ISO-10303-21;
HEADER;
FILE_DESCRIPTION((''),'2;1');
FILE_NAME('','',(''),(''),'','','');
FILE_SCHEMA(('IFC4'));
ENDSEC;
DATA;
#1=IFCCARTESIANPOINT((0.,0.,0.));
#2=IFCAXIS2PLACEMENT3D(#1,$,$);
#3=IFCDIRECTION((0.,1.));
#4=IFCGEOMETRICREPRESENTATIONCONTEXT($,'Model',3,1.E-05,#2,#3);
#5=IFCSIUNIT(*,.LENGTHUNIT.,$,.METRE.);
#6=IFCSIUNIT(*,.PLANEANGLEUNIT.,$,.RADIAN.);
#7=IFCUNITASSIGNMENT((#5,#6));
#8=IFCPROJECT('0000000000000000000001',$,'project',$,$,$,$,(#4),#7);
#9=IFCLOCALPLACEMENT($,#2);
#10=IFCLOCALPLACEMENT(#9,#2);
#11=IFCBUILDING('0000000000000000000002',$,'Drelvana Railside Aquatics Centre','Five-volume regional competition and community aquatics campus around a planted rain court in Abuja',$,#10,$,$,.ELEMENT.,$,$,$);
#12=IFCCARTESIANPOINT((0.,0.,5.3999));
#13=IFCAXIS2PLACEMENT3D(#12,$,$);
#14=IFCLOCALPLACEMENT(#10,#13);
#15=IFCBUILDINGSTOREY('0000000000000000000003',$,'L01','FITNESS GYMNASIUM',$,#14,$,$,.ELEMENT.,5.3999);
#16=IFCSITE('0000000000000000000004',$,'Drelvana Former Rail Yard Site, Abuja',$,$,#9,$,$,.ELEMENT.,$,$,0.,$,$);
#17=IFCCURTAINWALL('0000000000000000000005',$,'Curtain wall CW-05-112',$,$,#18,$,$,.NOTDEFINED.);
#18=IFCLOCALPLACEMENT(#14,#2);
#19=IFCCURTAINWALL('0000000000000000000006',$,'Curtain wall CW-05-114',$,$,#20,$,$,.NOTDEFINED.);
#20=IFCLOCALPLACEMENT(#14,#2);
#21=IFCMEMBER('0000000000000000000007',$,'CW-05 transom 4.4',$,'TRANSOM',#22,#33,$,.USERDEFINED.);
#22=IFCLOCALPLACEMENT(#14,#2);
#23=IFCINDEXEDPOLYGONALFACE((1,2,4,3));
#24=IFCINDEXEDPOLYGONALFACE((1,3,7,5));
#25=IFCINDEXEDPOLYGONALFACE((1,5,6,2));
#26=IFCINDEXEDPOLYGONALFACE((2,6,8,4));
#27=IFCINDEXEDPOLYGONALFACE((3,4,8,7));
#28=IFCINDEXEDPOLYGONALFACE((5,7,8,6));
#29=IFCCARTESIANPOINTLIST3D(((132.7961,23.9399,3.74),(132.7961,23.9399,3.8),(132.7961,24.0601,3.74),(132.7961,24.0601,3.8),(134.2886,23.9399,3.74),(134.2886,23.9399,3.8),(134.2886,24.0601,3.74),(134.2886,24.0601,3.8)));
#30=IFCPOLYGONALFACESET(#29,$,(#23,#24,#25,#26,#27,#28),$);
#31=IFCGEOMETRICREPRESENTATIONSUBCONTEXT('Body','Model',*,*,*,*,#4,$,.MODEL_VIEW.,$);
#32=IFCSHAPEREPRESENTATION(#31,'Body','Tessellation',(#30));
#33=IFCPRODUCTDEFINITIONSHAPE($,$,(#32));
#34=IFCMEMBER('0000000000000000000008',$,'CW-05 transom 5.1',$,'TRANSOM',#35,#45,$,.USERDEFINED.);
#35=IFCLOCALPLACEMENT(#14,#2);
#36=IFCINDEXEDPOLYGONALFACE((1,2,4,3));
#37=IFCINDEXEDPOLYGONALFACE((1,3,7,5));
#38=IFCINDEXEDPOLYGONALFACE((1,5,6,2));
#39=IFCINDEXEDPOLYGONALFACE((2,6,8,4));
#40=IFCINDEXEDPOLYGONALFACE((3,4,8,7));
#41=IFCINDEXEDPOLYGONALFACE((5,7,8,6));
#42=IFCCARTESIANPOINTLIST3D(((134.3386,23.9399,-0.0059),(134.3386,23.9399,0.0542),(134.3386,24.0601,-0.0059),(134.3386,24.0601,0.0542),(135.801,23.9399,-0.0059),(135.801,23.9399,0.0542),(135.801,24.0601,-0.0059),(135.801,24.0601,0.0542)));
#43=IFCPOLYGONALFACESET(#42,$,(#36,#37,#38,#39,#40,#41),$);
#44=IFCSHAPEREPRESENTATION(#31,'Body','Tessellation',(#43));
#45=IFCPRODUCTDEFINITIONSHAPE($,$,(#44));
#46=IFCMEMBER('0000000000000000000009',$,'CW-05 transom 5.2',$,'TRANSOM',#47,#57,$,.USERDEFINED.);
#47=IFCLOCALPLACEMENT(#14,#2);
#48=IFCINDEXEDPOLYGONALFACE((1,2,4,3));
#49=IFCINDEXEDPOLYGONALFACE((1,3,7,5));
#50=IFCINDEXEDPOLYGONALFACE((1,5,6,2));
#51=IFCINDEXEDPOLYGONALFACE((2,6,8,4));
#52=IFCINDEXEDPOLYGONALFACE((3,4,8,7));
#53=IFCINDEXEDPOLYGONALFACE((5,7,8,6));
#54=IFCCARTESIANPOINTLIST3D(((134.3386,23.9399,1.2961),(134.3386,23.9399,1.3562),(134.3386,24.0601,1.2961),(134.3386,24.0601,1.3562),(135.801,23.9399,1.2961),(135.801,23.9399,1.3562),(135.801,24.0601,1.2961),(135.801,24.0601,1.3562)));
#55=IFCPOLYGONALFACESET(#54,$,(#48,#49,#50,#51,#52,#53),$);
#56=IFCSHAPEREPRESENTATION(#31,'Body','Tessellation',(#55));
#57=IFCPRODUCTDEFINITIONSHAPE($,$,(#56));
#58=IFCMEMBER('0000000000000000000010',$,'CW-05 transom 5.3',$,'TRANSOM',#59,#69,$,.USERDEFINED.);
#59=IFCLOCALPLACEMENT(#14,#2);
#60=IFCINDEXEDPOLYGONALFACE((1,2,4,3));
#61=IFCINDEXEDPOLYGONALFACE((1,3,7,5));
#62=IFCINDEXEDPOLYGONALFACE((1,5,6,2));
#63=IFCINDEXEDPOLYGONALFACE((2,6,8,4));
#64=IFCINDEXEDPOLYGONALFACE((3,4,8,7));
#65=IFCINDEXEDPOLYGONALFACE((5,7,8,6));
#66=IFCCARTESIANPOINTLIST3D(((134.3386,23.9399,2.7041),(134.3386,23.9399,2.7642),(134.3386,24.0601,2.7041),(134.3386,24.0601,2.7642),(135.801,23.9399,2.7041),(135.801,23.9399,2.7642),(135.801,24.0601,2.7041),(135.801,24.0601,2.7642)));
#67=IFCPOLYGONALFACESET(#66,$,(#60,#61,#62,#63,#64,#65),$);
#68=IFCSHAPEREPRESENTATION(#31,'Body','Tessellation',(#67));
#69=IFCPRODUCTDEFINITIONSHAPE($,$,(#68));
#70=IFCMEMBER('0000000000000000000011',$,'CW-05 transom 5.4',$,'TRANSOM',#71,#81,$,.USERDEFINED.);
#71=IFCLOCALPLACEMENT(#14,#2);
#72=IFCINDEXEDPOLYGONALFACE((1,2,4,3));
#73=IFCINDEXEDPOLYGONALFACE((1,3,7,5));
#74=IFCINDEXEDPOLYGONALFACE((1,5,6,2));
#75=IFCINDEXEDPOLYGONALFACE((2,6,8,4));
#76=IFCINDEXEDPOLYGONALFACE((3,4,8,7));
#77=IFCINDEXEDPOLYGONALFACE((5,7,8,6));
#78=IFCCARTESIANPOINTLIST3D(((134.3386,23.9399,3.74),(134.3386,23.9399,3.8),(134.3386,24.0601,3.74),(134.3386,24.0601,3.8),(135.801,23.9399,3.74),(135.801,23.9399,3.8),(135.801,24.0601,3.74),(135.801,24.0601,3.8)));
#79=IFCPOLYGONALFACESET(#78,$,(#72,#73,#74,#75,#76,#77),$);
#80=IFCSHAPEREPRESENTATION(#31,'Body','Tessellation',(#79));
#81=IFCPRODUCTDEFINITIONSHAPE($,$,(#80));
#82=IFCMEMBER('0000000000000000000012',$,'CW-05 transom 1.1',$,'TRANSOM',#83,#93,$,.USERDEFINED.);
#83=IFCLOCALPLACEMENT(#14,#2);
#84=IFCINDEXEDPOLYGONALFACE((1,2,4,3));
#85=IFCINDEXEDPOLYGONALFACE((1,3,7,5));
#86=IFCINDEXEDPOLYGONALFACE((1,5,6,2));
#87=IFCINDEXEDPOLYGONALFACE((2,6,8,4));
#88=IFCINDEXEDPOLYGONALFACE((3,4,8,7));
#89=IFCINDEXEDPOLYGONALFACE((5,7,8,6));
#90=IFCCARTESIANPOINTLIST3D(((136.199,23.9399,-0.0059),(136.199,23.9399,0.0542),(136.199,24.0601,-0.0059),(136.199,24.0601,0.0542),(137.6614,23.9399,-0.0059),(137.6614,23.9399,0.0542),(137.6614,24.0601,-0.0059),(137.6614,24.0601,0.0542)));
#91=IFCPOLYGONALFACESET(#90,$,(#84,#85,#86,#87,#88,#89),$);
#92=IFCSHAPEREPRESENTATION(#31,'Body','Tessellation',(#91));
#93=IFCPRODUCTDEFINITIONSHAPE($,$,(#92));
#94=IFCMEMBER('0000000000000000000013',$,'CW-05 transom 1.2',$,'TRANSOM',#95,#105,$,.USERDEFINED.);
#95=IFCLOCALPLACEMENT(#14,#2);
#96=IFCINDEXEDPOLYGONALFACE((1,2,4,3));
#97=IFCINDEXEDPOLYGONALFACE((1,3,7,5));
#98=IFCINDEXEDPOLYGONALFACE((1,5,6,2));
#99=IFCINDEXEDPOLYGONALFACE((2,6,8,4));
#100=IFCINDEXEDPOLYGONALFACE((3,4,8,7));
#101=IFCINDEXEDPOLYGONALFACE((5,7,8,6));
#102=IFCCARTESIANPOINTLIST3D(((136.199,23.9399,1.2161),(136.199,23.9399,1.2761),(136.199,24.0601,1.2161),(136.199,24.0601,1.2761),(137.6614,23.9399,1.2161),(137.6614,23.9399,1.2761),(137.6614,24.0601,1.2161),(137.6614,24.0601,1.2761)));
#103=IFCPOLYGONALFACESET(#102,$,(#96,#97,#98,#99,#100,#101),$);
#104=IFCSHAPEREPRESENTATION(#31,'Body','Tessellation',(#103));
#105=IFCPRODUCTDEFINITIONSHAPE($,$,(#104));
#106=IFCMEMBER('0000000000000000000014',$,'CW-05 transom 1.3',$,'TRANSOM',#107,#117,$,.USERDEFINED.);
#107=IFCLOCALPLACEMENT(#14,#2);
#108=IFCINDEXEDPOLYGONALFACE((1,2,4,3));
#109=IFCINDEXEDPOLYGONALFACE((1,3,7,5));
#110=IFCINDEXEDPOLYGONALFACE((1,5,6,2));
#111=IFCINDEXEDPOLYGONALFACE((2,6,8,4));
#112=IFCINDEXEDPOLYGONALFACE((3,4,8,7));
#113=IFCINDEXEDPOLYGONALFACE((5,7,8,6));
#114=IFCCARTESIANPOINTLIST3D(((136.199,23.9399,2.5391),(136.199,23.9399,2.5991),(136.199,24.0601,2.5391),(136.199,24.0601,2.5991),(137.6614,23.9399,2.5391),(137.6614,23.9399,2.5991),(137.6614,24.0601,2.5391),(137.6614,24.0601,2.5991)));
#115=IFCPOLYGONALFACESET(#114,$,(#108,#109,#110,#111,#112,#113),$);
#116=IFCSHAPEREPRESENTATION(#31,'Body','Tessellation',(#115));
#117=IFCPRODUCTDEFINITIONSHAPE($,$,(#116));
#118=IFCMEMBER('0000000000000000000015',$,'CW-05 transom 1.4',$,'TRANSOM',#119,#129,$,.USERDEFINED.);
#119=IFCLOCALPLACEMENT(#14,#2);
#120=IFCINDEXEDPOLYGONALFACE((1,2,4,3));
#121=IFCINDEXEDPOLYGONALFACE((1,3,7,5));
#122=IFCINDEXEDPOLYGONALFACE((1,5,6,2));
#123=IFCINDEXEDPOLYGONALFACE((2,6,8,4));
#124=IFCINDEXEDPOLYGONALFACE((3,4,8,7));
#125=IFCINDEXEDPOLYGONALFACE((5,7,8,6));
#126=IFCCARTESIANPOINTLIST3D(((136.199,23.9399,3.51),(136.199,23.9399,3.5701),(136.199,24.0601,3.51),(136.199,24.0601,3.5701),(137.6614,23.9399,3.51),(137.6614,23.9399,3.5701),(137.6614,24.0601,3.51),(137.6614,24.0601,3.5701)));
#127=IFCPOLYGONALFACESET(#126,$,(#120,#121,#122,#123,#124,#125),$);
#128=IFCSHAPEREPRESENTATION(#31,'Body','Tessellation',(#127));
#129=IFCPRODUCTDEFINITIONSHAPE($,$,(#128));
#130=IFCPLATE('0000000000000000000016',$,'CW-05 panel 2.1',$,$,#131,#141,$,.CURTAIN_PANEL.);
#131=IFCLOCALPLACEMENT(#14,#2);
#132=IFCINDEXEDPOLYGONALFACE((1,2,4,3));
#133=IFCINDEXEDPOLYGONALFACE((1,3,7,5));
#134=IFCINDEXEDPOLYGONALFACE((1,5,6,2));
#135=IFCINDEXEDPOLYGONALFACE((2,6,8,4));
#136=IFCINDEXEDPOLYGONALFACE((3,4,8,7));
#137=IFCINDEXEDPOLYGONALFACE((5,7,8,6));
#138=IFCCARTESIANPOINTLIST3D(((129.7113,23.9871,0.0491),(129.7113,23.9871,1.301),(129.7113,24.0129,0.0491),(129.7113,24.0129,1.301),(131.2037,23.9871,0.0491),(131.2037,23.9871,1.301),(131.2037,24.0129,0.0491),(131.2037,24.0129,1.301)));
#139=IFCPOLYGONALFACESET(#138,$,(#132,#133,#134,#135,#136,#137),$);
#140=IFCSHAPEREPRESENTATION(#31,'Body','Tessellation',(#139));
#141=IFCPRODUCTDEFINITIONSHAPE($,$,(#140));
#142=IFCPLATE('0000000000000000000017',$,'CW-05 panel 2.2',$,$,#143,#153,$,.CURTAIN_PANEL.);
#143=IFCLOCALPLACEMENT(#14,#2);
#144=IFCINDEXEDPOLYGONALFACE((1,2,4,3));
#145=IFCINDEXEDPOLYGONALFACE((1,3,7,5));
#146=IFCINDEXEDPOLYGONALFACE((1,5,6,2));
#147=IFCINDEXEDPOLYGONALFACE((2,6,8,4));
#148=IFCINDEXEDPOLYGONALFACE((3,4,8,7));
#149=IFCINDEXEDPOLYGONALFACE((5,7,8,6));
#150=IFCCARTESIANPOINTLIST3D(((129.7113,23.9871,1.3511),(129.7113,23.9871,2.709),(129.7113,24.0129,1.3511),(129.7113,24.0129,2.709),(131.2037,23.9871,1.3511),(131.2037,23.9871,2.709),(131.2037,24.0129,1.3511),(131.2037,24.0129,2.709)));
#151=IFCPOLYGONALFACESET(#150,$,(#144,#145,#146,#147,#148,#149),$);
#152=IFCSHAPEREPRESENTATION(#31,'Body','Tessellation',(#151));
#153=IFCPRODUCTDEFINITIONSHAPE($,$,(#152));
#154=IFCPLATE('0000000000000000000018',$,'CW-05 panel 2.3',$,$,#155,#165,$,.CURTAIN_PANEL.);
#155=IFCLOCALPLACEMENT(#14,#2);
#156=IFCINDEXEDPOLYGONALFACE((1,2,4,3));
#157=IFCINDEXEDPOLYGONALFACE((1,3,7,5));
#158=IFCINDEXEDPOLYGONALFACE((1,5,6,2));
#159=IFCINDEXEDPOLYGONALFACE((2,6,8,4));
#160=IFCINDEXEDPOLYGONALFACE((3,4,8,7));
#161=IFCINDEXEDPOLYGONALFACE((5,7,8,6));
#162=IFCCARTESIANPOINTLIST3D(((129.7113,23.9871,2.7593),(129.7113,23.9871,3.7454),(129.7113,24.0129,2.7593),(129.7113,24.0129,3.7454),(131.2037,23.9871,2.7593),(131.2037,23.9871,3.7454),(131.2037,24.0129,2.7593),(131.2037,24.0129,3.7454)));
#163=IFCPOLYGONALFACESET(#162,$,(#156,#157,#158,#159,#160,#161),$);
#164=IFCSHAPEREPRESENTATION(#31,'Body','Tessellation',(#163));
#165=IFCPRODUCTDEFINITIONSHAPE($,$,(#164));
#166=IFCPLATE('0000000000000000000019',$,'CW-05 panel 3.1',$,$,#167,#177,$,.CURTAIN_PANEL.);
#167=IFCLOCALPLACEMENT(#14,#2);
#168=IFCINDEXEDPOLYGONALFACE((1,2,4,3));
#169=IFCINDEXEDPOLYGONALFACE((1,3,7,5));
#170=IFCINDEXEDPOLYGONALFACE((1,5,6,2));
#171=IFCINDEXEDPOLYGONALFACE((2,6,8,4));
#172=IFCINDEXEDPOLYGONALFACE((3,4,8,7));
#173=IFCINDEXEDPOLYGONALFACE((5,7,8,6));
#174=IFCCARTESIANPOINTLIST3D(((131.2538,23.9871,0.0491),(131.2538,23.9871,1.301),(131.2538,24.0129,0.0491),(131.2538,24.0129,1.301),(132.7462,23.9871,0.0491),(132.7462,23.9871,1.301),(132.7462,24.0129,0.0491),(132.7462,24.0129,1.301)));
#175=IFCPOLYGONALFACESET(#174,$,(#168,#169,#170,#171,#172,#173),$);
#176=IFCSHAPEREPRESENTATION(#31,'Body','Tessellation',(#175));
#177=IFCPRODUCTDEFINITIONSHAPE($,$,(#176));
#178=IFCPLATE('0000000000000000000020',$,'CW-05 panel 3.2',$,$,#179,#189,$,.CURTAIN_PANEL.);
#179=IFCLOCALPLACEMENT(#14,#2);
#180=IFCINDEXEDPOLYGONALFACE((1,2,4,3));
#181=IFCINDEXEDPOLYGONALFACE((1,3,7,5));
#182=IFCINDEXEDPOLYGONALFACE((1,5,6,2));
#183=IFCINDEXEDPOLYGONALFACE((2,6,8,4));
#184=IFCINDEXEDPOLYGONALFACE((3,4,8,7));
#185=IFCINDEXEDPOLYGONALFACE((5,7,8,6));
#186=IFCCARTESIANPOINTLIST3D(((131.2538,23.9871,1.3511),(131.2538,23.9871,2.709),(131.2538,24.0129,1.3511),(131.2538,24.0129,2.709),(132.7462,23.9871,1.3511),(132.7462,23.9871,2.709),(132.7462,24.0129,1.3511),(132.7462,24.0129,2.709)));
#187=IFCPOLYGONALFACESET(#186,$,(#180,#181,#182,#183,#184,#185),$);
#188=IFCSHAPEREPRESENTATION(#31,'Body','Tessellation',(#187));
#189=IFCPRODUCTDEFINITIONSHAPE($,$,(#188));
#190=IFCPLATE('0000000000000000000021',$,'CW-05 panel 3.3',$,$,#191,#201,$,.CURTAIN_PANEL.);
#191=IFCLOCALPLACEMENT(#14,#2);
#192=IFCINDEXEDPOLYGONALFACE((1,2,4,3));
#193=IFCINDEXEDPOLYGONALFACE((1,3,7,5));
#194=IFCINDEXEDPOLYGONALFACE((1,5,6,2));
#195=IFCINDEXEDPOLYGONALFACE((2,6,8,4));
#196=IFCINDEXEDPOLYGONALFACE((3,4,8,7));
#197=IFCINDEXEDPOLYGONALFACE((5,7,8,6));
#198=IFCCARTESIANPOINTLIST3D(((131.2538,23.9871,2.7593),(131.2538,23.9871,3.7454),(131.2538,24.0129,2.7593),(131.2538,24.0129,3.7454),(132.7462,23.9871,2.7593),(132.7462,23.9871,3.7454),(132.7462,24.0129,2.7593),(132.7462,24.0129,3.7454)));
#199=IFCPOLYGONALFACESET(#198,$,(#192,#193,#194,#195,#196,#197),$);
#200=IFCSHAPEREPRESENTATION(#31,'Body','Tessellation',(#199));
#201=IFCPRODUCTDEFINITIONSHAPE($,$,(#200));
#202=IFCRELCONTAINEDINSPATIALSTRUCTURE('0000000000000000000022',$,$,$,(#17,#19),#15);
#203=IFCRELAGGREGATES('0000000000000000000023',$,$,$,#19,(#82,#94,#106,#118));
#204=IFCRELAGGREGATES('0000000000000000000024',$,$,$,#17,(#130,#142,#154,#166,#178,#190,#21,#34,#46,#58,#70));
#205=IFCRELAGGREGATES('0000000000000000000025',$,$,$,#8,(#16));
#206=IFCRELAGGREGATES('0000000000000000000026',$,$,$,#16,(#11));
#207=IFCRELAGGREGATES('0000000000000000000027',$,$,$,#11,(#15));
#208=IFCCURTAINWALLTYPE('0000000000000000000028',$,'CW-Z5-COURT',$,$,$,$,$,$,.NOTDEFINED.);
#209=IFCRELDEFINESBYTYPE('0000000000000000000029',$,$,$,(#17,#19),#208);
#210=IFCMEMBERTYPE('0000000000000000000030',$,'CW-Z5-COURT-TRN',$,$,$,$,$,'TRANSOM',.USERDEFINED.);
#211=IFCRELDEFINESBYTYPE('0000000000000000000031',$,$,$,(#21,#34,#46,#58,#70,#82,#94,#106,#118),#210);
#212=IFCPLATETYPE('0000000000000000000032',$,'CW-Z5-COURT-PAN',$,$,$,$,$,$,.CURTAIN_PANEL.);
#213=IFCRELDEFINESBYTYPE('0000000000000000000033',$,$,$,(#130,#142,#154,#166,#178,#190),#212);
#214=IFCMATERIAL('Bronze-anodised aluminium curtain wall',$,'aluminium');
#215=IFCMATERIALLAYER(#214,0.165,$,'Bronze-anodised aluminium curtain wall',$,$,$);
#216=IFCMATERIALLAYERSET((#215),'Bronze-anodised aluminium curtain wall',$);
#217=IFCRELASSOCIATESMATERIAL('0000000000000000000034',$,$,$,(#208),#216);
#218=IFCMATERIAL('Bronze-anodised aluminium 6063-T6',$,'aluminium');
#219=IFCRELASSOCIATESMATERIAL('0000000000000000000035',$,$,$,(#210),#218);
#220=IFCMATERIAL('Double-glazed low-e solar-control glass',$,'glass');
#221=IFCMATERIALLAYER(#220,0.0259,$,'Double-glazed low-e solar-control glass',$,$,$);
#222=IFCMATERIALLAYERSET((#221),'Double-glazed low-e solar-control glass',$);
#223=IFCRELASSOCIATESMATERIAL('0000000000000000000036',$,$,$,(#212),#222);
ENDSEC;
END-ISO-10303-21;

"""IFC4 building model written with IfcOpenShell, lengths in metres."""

from ifc_helpers import new_model, si_unit, direction, frame, origin, origin_2d, place, context, subcontext, project, spatial, rectangle, extrude, material, layer, layer_set, material_profile, profile_set, type_object, element, aggregate, save


model = new_model("IFC4")

# Units and contexts
model_context = context("Model", 3, precision=1e-05, world=origin(), true_north=direction((0.0, 1.0)))
body_context = subcontext(model_context, "Body", "Model", "MODEL_VIEW")
ifc_project = project(units=[si_unit("LENGTHUNIT", "METRE"), si_unit("PLANEANGLEUNIT", "RADIAN")], contexts=[model_context])

# Site, building, storey
site_placement = place(None, origin())
site = spatial("IfcSite", under=ifc_project, at=site_placement, Name="Drelvana Former Rail Yard Site, Abuja", CompositionType="ELEMENT", RefElevation=0.0)
building_placement = place(site_placement, origin())
building = spatial("IfcBuilding", under=site, at=building_placement, Name="Drelvana Railside Aquatics Centre", Description="Five-volume regional competition and community aquatics campus around a planted rain court in Abuja", CompositionType="ELEMENT")
storey_placement = place(building_placement, frame((0.0, 0.0, 5.3999)))
storey = spatial("IfcBuildingStorey", under=building, at=storey_placement, Name="L01", Description="FITNESS GYMNASIUM", CompositionType="ELEMENT", Elevation=5.3999)

# Curtain wall
ifc_material_1 = material(Name="Bronze-anodised aluminium curtain wall", Category="aluminium")
ifc_layer_1 = layer(ifc_material_1, 0.165, Name="Bronze-anodised aluminium curtain wall")
ifc_layer_set_1 = layer_set([ifc_layer_1], Name="Bronze-anodised aluminium curtain wall")
curtain_wall_type = type_object("IfcCurtainWallType", Name="CW-Z5-COURT", PredefinedType="NOTDEFINED", material=ifc_layer_set_1)
curtain_wall_1_placement = place(storey_placement, origin())
curtain_wall_1 = element("IfcCurtainWall", 1, at=curtain_wall_1_placement, inside=storey, type_object=curtain_wall_type, Name="Curtain wall CW-05-112", PredefinedType="NOTDEFINED")
ifc_material_2 = material(Name="Bronze-anodised aluminium 6063-T6", Category="aluminium")

# Curtain wall
curtain_wall_2_placement = place(storey_placement, origin())
curtain_wall_2 = element("IfcCurtainWall", 2, at=curtain_wall_2_placement, inside=storey, type_object=curtain_wall_type, Name="Curtain wall CW-05-114", PredefinedType="NOTDEFINED")

# Members
ifc_material_profile_1 = material_profile(ifc_material_2, rectangle(XDim=0.1201, YDim=0.0601, at=origin_2d()), Name="ALU-T 60x120")
ifc_profile_set_1 = profile_set([ifc_material_profile_1], Name="Bronze-anodised aluminium 6063-T6")
member_type_1 = type_object("IfcMemberType", Name="CW-Z5-COURT-TRN", ElementType="TRANSOM", PredefinedType="USERDEFINED", material=ifc_profile_set_1)
member_1_placement = place(storey_placement, frame((132.7961, 24.0, 3.77), z_axis=(1.0, 0.0, 0.0), x_axis=(0.0, 1.0, 0.0)))
member_1 = element("IfcMember", 3, at=member_1_placement, type_object=member_type_1, Name="CW-05 transom 4.4", ObjectType="TRANSOM", PredefinedType="USERDEFINED", context=body_context, shape_type="SweptSolid", body=[
    extrude(rectangle(XDim=0.1201, YDim=0.0601, at=origin_2d()), origin(), (0.0, 0.0, 1.0), 1.4924),
])
member_2_placement = place(storey_placement, frame((134.3386, 24.0, 0.0242), z_axis=(1.0, 0.0, 0.0), x_axis=(0.0, 1.0, 0.0)))
member_2 = element("IfcMember", 4, at=member_2_placement, type_object=member_type_1, Name="CW-05 transom 5.1", ObjectType="TRANSOM", PredefinedType="USERDEFINED", context=body_context, shape_type="SweptSolid", body=[
    extrude(rectangle(XDim=0.1201, YDim=0.0601, at=origin_2d()), origin(), (0.0, 0.0, 1.0), 1.4624),
])
member_3_placement = place(storey_placement, frame((134.3386, 24.0, 1.3262), z_axis=(1.0, 0.0, 0.0), x_axis=(0.0, 1.0, 0.0)))
member_3 = element("IfcMember", 5, at=member_3_placement, type_object=member_type_1, Name="CW-05 transom 5.2", ObjectType="TRANSOM", PredefinedType="USERDEFINED", context=body_context, shape_type="SweptSolid", body=[
    extrude(rectangle(XDim=0.1201, YDim=0.0601, at=origin_2d()), origin(), (0.0, 0.0, 1.0), 1.4624),
])
member_4_placement = place(storey_placement, frame((134.3386, 24.0, 2.7341), z_axis=(1.0, 0.0, 0.0), x_axis=(0.0, 1.0, 0.0)))
member_4 = element("IfcMember", 6, at=member_4_placement, type_object=member_type_1, Name="CW-05 transom 5.3", ObjectType="TRANSOM", PredefinedType="USERDEFINED", context=body_context, shape_type="SweptSolid", body=[
    extrude(rectangle(XDim=0.1201, YDim=0.0601, at=origin_2d()), origin(), (0.0, 0.0, 1.0), 1.4624),
])
member_5_placement = place(storey_placement, frame((134.3386, 24.0, 3.77), z_axis=(1.0, 0.0, 0.0), x_axis=(0.0, 1.0, 0.0)))
member_5 = element("IfcMember", 7, at=member_5_placement, type_object=member_type_1, Name="CW-05 transom 5.4", ObjectType="TRANSOM", PredefinedType="USERDEFINED", context=body_context, shape_type="SweptSolid", body=[
    extrude(rectangle(XDim=0.1201, YDim=0.0601, at=origin_2d()), origin(), (0.0, 0.0, 1.0), 1.4624),
])
member_6_placement = place(storey_placement, frame((136.199, 24.0, 0.0242), z_axis=(1.0, 0.0, 0.0), x_axis=(0.0, 1.0, 0.0)))
member_6 = element("IfcMember", 8, at=member_6_placement, type_object=member_type_1, Name="CW-05 transom 1.1", ObjectType="TRANSOM", PredefinedType="USERDEFINED", context=body_context, shape_type="SweptSolid", body=[
    extrude(rectangle(XDim=0.1201, YDim=0.0601, at=origin_2d()), origin(), (0.0, 0.0, 1.0), 1.4624),
])
member_7_placement = place(storey_placement, frame((136.199, 24.0, 1.2461), z_axis=(1.0, 0.0, 0.0), x_axis=(0.0, 1.0, 0.0)))
member_7 = element("IfcMember", 9, at=member_7_placement, type_object=member_type_1, Name="CW-05 transom 1.2", ObjectType="TRANSOM", PredefinedType="USERDEFINED", context=body_context, shape_type="SweptSolid", body=[
    extrude(rectangle(XDim=0.1201, YDim=0.0601, at=origin_2d()), origin(), (0.0, 0.0, 1.0), 1.4624),
])
member_8_placement = place(storey_placement, frame((136.199, 24.0, 2.5691), z_axis=(1.0, 0.0, 0.0), x_axis=(0.0, 1.0, 0.0)))
member_8 = element("IfcMember", 10, at=member_8_placement, type_object=member_type_1, Name="CW-05 transom 1.3", ObjectType="TRANSOM", PredefinedType="USERDEFINED", context=body_context, shape_type="SweptSolid", body=[
    extrude(rectangle(XDim=0.1201, YDim=0.0601, at=origin_2d()), origin(), (0.0, 0.0, 1.0), 1.4624),
])
member_9_placement = place(storey_placement, frame((136.199, 24.0, 3.54), z_axis=(1.0, 0.0, 0.0), x_axis=(0.0, 1.0, 0.0)))
member_9 = element("IfcMember", 11, at=member_9_placement, type_object=member_type_1, Name="CW-05 transom 1.4", ObjectType="TRANSOM", PredefinedType="USERDEFINED", context=body_context, shape_type="SweptSolid", body=[
    extrude(rectangle(XDim=0.1201, YDim=0.0601, at=origin_2d()), origin(), (0.0, 0.0, 1.0), 1.4624),
])
aggregate(curtain_wall_2, [member_6, member_7, member_8, member_9])

# Plates
ifc_material_3 = material(Name="Double-glazed low-e solar-control glass", Category="glass")
ifc_layer_2 = layer(ifc_material_3, 0.0259, Name="Double-glazed low-e solar-control glass")
ifc_layer_set_2 = layer_set([ifc_layer_2], Name="Double-glazed low-e solar-control glass")
plate_type = type_object("IfcPlateType", Name="CW-Z5-COURT-PAN", PredefinedType="CURTAIN_PANEL", material=ifc_layer_set_2)
plate_1_placement = place(storey_placement, frame((130.4575, 24.0, 0.0491), z_axis=(0.0, 0.0, 1.0), x_axis=(1.0, 0.0, 0.0)))
plate_1 = element("IfcPlate", 12, at=plate_1_placement, type_object=plate_type, Name="CW-05 panel 2.1", PredefinedType="CURTAIN_PANEL", context=body_context, shape_type="SweptSolid", body=[
    extrude(rectangle(XDim=1.4924, YDim=0.0259, at=origin_2d()), origin(), (0.0, 0.0, 1.0), 1.252),
])
plate_2_placement = place(storey_placement, frame((130.4575, 24.0, 1.3511), z_axis=(0.0, 0.0, 1.0), x_axis=(1.0, 0.0, 0.0)))
plate_2 = element("IfcPlate", 13, at=plate_2_placement, type_object=plate_type, Name="CW-05 panel 2.2", PredefinedType="CURTAIN_PANEL", context=body_context, shape_type="SweptSolid", body=[
    extrude(rectangle(XDim=1.4924, YDim=0.0259, at=origin_2d()), origin(), (0.0, 0.0, 1.0), 1.3579),
])
plate_3_placement = place(storey_placement, frame((130.4575, 24.0, 2.7593), z_axis=(0.0, 0.0, 1.0), x_axis=(1.0, 0.0, 0.0)))
plate_3 = element("IfcPlate", 14, at=plate_3_placement, type_object=plate_type, Name="CW-05 panel 2.3", PredefinedType="CURTAIN_PANEL", context=body_context, shape_type="SweptSolid", body=[
    extrude(rectangle(XDim=1.4924, YDim=0.0259, at=origin_2d()), origin(), (0.0, 0.0, 1.0), 0.9861),
])
plate_4_placement = place(storey_placement, frame((132.0, 24.0, 0.0491), z_axis=(0.0, 0.0, 1.0), x_axis=(1.0, 0.0, 0.0)))
plate_4 = element("IfcPlate", 15, at=plate_4_placement, type_object=plate_type, Name="CW-05 panel 3.1", PredefinedType="CURTAIN_PANEL", context=body_context, shape_type="SweptSolid", body=[
    extrude(rectangle(XDim=1.4924, YDim=0.0259, at=origin_2d()), origin(), (0.0, 0.0, 1.0), 1.252),
])
plate_5_placement = place(storey_placement, frame((132.0, 24.0, 1.3511), z_axis=(0.0, 0.0, 1.0), x_axis=(1.0, 0.0, 0.0)))
plate_5 = element("IfcPlate", 16, at=plate_5_placement, type_object=plate_type, Name="CW-05 panel 3.2", PredefinedType="CURTAIN_PANEL", context=body_context, shape_type="SweptSolid", body=[
    extrude(rectangle(XDim=1.4924, YDim=0.0259, at=origin_2d()), origin(), (0.0, 0.0, 1.0), 1.3579),
])
plate_6_placement = place(storey_placement, frame((132.0, 24.0, 2.7593), z_axis=(0.0, 0.0, 1.0), x_axis=(1.0, 0.0, 0.0)))
plate_6 = element("IfcPlate", 17, at=plate_6_placement, type_object=plate_type, Name="CW-05 panel 3.3", PredefinedType="CURTAIN_PANEL", context=body_context, shape_type="SweptSolid", body=[
    extrude(rectangle(XDim=1.4924, YDim=0.0259, at=origin_2d()), origin(), (0.0, 0.0, 1.0), 0.9861),
])
aggregate(curtain_wall_1, [plate_1, plate_2, plate_3, plate_4, plate_5, plate_6, member_1, member_2, member_3, member_4, member_5])

save(model, "model.ifc")
